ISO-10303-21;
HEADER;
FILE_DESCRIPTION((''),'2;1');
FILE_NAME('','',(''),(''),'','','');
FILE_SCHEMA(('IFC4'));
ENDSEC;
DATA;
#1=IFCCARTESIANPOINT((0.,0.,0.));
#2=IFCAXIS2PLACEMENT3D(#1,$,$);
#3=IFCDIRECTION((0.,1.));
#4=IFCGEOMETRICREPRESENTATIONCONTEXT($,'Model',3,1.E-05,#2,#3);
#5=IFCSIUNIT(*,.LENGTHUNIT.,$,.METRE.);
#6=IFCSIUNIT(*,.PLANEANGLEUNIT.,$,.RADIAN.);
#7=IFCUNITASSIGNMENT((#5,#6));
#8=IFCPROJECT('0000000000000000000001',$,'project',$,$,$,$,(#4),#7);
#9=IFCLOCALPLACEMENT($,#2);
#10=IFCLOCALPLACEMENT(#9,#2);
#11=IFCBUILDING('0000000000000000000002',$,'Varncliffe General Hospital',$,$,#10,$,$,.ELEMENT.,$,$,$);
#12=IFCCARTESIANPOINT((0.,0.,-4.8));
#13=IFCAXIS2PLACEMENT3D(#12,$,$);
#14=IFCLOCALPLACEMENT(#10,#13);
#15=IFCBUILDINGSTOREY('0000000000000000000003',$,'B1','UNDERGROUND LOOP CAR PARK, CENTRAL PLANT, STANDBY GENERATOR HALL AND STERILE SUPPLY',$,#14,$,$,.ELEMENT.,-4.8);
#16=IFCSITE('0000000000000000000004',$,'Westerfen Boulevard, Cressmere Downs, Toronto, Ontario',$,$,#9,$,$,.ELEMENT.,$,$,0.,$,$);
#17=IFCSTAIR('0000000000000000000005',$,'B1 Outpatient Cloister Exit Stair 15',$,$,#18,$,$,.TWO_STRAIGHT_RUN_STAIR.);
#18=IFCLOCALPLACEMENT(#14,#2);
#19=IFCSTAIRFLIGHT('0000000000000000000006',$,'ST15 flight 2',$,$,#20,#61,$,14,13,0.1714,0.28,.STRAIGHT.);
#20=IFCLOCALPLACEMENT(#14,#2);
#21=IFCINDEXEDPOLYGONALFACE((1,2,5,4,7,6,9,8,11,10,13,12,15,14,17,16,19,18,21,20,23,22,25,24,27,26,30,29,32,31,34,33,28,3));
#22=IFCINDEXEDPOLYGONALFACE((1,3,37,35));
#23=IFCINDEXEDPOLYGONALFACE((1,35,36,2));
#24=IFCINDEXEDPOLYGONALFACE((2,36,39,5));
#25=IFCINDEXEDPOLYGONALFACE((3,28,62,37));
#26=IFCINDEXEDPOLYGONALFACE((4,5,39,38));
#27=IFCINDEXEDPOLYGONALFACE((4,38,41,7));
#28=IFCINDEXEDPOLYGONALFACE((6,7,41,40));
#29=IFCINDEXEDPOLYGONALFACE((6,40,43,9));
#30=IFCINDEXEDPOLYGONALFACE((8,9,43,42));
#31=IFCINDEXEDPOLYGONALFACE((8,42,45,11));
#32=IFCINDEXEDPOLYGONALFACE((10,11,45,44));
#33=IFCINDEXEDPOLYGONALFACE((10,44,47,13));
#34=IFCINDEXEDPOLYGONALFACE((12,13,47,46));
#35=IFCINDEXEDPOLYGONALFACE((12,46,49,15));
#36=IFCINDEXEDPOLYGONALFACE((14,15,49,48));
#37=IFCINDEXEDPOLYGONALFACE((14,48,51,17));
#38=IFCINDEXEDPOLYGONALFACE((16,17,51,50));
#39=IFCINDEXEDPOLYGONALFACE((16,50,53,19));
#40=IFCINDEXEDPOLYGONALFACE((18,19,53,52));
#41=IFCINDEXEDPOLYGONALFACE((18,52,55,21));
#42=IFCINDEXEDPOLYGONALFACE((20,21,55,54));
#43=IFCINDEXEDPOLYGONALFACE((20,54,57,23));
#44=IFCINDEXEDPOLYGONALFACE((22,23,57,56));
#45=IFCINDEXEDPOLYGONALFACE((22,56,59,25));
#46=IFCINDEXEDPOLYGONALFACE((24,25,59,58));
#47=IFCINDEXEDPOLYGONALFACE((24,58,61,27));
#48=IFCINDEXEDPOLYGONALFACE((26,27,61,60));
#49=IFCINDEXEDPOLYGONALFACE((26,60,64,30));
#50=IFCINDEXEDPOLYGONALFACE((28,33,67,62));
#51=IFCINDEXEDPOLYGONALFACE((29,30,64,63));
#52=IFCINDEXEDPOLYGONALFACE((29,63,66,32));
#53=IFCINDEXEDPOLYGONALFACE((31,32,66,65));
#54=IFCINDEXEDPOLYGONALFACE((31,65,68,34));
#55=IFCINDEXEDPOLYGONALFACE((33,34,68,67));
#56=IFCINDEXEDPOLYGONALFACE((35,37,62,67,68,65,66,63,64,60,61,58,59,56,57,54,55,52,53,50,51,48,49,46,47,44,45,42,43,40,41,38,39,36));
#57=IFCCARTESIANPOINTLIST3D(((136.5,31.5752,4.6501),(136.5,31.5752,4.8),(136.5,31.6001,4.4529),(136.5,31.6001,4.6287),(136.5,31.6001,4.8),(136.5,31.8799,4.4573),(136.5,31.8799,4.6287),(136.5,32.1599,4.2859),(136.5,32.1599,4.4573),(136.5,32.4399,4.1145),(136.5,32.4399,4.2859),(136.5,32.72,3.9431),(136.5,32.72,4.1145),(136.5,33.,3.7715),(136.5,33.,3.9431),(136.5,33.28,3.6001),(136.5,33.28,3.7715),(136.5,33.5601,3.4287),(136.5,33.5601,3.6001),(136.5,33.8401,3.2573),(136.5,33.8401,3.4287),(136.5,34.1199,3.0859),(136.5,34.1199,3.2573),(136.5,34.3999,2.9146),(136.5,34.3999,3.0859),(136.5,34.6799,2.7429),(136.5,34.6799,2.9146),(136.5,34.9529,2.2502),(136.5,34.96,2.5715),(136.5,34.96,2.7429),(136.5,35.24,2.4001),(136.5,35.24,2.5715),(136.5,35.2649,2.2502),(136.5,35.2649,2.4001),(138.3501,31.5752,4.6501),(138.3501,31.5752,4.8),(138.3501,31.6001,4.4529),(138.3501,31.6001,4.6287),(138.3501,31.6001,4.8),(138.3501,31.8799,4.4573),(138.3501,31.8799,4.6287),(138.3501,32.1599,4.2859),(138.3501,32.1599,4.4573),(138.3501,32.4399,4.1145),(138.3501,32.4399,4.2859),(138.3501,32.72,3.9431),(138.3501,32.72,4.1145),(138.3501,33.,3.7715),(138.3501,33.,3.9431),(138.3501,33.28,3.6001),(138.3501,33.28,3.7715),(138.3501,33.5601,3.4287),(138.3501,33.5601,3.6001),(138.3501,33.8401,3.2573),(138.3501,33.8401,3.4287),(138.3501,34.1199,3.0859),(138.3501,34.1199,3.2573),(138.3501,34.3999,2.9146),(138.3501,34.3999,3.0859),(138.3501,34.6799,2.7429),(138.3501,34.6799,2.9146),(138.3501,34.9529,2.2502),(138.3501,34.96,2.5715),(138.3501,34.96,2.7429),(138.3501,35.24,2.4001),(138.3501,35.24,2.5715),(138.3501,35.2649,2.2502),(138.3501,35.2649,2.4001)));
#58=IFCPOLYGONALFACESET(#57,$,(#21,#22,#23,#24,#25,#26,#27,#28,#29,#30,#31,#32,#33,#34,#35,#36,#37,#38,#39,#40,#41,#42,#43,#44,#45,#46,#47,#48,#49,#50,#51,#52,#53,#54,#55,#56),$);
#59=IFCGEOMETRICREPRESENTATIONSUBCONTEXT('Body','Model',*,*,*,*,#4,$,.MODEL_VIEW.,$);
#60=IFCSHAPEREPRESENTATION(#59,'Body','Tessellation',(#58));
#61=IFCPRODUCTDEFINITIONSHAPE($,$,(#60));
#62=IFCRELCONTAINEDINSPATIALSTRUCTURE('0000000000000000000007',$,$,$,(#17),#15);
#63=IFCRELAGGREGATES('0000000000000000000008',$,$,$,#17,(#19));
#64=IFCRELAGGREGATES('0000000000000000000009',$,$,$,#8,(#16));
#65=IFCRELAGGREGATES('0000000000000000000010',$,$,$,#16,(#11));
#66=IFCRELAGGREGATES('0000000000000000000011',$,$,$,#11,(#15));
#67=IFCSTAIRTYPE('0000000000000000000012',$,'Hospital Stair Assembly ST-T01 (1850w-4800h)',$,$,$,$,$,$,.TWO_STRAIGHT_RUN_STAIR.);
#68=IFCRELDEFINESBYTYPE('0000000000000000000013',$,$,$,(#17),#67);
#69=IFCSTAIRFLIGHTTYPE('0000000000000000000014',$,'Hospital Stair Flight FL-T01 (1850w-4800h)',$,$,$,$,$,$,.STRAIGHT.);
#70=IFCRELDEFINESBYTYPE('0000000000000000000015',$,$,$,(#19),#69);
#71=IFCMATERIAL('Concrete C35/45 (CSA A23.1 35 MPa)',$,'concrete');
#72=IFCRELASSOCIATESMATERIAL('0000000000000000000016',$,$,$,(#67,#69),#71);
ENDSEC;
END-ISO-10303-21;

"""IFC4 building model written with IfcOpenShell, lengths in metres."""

from ifc_helpers import new_model, si_unit, direction, frame, origin, place, context, subcontext, project, spatial, polyline, outline, extrude, material, type_object, element, aggregate, save


model = new_model("IFC4")

# Units and contexts
model_context = context("Model", 3, precision=1e-05, world=origin(), true_north=direction((0.0, 1.0)))
body_context = subcontext(model_context, "Body", "Model", "MODEL_VIEW")
ifc_project = project(units=[si_unit("LENGTHUNIT", "METRE"), si_unit("PLANEANGLEUNIT", "RADIAN")], contexts=[model_context])

# Site, building, storey
site_placement = place(None, origin())
site = spatial("IfcSite", under=ifc_project, at=site_placement, Name="Westerfen Boulevard, Cressmere Downs, Toronto, Ontario", CompositionType="ELEMENT", RefElevation=0.0)
building_placement = place(site_placement, origin())
building = spatial("IfcBuilding", under=site, at=building_placement, Name="Varncliffe General Hospital", CompositionType="ELEMENT")
storey_placement = place(building_placement, frame((0.0, 0.0, -4.8)))
storey = spatial("IfcBuildingStorey", under=building, at=storey_placement, Name="B1", Description="UNDERGROUND LOOP CAR PARK, CENTRAL PLANT, STANDBY GENERATOR HALL AND STERILE SUPPLY", CompositionType="ELEMENT", Elevation=-4.8)

# Shared definitions
ifc_material_1 = material(Name="Concrete C35/45 (CSA A23.1 35 MPa)", Category="concrete")

# Stair, stair flight
stair_type = type_object("IfcStairType", Name="Hospital Stair Assembly ST-T01 (1850w-4800h)", PredefinedType="TWO_STRAIGHT_RUN_STAIR", material=ifc_material_1)
stair_placement = place(storey_placement, origin())
stair = element("IfcStair", 1, at=stair_placement, inside=storey, type_object=stair_type, Name="B1 Outpatient Cloister Exit Stair 15", PredefinedType="TWO_STRAIGHT_RUN_STAIR")
stair_flight_type = type_object("IfcStairFlightType", Name="Hospital Stair Flight FL-T01 (1850w-4800h)", PredefinedType="STRAIGHT", material=ifc_material_1)
stair_flight_placement = place(storey_placement, frame((137.425, 35.24, 2.4001), z_axis=(0.0, 0.0, 1.0), x_axis=(0.0, -1.0, 0.0)))
stair_flight = element("IfcStairFlight", 2, at=stair_flight_placement, type_object=stair_flight_type, Name="ST15 flight 2", NumberOfRisers=14, NumberOfTreads=13, PredefinedType="STRAIGHT", RiserHeight=0.1714, TreadLength=0.28, context=body_context, shape_type="SweptSolid", body=[
    extrude(outline(polyline([(-0.0249, -0.1499), (-0.0249, 0.0), (0.0, 0.0), (0.0, 0.1714), (0.28, 0.1714), (0.28, 0.3428), (0.5601, 0.3428), (0.5601, 0.5144), (0.8401, 0.5144), (0.8401, 0.6858), (1.1201, 0.6858), (1.1201, 0.8572), (1.3999, 0.8572), (1.3999, 1.0286), (1.6799, 1.0286), (1.6799, 1.2), (1.96, 1.2), (1.96, 1.3713), (2.24, 1.3713), (2.24, 1.543), (2.52, 1.543), (2.52, 1.7144), (2.8, 1.7144), (2.8, 1.8857), (3.0801, 1.8857), (3.0801, 2.0571), (3.3601, 2.0571), (3.3601, 2.2285), (3.6399, 2.2285), (3.6399, 2.3999), (3.6648, 2.3999), (3.6648, 2.25), (3.6399, 2.0527), (0.2871, -0.1499), (-0.0249, -0.1499)])), frame((0.0, 0.925, 0.0), z_axis=(0.0, -1.0, 0.0), x_axis=(1.0, 0.0, 0.0)), (0.0, 0.0, 1.0), 1.8501),
])
aggregate(stair, [stair_flight])

save(model, "model.ifc")
